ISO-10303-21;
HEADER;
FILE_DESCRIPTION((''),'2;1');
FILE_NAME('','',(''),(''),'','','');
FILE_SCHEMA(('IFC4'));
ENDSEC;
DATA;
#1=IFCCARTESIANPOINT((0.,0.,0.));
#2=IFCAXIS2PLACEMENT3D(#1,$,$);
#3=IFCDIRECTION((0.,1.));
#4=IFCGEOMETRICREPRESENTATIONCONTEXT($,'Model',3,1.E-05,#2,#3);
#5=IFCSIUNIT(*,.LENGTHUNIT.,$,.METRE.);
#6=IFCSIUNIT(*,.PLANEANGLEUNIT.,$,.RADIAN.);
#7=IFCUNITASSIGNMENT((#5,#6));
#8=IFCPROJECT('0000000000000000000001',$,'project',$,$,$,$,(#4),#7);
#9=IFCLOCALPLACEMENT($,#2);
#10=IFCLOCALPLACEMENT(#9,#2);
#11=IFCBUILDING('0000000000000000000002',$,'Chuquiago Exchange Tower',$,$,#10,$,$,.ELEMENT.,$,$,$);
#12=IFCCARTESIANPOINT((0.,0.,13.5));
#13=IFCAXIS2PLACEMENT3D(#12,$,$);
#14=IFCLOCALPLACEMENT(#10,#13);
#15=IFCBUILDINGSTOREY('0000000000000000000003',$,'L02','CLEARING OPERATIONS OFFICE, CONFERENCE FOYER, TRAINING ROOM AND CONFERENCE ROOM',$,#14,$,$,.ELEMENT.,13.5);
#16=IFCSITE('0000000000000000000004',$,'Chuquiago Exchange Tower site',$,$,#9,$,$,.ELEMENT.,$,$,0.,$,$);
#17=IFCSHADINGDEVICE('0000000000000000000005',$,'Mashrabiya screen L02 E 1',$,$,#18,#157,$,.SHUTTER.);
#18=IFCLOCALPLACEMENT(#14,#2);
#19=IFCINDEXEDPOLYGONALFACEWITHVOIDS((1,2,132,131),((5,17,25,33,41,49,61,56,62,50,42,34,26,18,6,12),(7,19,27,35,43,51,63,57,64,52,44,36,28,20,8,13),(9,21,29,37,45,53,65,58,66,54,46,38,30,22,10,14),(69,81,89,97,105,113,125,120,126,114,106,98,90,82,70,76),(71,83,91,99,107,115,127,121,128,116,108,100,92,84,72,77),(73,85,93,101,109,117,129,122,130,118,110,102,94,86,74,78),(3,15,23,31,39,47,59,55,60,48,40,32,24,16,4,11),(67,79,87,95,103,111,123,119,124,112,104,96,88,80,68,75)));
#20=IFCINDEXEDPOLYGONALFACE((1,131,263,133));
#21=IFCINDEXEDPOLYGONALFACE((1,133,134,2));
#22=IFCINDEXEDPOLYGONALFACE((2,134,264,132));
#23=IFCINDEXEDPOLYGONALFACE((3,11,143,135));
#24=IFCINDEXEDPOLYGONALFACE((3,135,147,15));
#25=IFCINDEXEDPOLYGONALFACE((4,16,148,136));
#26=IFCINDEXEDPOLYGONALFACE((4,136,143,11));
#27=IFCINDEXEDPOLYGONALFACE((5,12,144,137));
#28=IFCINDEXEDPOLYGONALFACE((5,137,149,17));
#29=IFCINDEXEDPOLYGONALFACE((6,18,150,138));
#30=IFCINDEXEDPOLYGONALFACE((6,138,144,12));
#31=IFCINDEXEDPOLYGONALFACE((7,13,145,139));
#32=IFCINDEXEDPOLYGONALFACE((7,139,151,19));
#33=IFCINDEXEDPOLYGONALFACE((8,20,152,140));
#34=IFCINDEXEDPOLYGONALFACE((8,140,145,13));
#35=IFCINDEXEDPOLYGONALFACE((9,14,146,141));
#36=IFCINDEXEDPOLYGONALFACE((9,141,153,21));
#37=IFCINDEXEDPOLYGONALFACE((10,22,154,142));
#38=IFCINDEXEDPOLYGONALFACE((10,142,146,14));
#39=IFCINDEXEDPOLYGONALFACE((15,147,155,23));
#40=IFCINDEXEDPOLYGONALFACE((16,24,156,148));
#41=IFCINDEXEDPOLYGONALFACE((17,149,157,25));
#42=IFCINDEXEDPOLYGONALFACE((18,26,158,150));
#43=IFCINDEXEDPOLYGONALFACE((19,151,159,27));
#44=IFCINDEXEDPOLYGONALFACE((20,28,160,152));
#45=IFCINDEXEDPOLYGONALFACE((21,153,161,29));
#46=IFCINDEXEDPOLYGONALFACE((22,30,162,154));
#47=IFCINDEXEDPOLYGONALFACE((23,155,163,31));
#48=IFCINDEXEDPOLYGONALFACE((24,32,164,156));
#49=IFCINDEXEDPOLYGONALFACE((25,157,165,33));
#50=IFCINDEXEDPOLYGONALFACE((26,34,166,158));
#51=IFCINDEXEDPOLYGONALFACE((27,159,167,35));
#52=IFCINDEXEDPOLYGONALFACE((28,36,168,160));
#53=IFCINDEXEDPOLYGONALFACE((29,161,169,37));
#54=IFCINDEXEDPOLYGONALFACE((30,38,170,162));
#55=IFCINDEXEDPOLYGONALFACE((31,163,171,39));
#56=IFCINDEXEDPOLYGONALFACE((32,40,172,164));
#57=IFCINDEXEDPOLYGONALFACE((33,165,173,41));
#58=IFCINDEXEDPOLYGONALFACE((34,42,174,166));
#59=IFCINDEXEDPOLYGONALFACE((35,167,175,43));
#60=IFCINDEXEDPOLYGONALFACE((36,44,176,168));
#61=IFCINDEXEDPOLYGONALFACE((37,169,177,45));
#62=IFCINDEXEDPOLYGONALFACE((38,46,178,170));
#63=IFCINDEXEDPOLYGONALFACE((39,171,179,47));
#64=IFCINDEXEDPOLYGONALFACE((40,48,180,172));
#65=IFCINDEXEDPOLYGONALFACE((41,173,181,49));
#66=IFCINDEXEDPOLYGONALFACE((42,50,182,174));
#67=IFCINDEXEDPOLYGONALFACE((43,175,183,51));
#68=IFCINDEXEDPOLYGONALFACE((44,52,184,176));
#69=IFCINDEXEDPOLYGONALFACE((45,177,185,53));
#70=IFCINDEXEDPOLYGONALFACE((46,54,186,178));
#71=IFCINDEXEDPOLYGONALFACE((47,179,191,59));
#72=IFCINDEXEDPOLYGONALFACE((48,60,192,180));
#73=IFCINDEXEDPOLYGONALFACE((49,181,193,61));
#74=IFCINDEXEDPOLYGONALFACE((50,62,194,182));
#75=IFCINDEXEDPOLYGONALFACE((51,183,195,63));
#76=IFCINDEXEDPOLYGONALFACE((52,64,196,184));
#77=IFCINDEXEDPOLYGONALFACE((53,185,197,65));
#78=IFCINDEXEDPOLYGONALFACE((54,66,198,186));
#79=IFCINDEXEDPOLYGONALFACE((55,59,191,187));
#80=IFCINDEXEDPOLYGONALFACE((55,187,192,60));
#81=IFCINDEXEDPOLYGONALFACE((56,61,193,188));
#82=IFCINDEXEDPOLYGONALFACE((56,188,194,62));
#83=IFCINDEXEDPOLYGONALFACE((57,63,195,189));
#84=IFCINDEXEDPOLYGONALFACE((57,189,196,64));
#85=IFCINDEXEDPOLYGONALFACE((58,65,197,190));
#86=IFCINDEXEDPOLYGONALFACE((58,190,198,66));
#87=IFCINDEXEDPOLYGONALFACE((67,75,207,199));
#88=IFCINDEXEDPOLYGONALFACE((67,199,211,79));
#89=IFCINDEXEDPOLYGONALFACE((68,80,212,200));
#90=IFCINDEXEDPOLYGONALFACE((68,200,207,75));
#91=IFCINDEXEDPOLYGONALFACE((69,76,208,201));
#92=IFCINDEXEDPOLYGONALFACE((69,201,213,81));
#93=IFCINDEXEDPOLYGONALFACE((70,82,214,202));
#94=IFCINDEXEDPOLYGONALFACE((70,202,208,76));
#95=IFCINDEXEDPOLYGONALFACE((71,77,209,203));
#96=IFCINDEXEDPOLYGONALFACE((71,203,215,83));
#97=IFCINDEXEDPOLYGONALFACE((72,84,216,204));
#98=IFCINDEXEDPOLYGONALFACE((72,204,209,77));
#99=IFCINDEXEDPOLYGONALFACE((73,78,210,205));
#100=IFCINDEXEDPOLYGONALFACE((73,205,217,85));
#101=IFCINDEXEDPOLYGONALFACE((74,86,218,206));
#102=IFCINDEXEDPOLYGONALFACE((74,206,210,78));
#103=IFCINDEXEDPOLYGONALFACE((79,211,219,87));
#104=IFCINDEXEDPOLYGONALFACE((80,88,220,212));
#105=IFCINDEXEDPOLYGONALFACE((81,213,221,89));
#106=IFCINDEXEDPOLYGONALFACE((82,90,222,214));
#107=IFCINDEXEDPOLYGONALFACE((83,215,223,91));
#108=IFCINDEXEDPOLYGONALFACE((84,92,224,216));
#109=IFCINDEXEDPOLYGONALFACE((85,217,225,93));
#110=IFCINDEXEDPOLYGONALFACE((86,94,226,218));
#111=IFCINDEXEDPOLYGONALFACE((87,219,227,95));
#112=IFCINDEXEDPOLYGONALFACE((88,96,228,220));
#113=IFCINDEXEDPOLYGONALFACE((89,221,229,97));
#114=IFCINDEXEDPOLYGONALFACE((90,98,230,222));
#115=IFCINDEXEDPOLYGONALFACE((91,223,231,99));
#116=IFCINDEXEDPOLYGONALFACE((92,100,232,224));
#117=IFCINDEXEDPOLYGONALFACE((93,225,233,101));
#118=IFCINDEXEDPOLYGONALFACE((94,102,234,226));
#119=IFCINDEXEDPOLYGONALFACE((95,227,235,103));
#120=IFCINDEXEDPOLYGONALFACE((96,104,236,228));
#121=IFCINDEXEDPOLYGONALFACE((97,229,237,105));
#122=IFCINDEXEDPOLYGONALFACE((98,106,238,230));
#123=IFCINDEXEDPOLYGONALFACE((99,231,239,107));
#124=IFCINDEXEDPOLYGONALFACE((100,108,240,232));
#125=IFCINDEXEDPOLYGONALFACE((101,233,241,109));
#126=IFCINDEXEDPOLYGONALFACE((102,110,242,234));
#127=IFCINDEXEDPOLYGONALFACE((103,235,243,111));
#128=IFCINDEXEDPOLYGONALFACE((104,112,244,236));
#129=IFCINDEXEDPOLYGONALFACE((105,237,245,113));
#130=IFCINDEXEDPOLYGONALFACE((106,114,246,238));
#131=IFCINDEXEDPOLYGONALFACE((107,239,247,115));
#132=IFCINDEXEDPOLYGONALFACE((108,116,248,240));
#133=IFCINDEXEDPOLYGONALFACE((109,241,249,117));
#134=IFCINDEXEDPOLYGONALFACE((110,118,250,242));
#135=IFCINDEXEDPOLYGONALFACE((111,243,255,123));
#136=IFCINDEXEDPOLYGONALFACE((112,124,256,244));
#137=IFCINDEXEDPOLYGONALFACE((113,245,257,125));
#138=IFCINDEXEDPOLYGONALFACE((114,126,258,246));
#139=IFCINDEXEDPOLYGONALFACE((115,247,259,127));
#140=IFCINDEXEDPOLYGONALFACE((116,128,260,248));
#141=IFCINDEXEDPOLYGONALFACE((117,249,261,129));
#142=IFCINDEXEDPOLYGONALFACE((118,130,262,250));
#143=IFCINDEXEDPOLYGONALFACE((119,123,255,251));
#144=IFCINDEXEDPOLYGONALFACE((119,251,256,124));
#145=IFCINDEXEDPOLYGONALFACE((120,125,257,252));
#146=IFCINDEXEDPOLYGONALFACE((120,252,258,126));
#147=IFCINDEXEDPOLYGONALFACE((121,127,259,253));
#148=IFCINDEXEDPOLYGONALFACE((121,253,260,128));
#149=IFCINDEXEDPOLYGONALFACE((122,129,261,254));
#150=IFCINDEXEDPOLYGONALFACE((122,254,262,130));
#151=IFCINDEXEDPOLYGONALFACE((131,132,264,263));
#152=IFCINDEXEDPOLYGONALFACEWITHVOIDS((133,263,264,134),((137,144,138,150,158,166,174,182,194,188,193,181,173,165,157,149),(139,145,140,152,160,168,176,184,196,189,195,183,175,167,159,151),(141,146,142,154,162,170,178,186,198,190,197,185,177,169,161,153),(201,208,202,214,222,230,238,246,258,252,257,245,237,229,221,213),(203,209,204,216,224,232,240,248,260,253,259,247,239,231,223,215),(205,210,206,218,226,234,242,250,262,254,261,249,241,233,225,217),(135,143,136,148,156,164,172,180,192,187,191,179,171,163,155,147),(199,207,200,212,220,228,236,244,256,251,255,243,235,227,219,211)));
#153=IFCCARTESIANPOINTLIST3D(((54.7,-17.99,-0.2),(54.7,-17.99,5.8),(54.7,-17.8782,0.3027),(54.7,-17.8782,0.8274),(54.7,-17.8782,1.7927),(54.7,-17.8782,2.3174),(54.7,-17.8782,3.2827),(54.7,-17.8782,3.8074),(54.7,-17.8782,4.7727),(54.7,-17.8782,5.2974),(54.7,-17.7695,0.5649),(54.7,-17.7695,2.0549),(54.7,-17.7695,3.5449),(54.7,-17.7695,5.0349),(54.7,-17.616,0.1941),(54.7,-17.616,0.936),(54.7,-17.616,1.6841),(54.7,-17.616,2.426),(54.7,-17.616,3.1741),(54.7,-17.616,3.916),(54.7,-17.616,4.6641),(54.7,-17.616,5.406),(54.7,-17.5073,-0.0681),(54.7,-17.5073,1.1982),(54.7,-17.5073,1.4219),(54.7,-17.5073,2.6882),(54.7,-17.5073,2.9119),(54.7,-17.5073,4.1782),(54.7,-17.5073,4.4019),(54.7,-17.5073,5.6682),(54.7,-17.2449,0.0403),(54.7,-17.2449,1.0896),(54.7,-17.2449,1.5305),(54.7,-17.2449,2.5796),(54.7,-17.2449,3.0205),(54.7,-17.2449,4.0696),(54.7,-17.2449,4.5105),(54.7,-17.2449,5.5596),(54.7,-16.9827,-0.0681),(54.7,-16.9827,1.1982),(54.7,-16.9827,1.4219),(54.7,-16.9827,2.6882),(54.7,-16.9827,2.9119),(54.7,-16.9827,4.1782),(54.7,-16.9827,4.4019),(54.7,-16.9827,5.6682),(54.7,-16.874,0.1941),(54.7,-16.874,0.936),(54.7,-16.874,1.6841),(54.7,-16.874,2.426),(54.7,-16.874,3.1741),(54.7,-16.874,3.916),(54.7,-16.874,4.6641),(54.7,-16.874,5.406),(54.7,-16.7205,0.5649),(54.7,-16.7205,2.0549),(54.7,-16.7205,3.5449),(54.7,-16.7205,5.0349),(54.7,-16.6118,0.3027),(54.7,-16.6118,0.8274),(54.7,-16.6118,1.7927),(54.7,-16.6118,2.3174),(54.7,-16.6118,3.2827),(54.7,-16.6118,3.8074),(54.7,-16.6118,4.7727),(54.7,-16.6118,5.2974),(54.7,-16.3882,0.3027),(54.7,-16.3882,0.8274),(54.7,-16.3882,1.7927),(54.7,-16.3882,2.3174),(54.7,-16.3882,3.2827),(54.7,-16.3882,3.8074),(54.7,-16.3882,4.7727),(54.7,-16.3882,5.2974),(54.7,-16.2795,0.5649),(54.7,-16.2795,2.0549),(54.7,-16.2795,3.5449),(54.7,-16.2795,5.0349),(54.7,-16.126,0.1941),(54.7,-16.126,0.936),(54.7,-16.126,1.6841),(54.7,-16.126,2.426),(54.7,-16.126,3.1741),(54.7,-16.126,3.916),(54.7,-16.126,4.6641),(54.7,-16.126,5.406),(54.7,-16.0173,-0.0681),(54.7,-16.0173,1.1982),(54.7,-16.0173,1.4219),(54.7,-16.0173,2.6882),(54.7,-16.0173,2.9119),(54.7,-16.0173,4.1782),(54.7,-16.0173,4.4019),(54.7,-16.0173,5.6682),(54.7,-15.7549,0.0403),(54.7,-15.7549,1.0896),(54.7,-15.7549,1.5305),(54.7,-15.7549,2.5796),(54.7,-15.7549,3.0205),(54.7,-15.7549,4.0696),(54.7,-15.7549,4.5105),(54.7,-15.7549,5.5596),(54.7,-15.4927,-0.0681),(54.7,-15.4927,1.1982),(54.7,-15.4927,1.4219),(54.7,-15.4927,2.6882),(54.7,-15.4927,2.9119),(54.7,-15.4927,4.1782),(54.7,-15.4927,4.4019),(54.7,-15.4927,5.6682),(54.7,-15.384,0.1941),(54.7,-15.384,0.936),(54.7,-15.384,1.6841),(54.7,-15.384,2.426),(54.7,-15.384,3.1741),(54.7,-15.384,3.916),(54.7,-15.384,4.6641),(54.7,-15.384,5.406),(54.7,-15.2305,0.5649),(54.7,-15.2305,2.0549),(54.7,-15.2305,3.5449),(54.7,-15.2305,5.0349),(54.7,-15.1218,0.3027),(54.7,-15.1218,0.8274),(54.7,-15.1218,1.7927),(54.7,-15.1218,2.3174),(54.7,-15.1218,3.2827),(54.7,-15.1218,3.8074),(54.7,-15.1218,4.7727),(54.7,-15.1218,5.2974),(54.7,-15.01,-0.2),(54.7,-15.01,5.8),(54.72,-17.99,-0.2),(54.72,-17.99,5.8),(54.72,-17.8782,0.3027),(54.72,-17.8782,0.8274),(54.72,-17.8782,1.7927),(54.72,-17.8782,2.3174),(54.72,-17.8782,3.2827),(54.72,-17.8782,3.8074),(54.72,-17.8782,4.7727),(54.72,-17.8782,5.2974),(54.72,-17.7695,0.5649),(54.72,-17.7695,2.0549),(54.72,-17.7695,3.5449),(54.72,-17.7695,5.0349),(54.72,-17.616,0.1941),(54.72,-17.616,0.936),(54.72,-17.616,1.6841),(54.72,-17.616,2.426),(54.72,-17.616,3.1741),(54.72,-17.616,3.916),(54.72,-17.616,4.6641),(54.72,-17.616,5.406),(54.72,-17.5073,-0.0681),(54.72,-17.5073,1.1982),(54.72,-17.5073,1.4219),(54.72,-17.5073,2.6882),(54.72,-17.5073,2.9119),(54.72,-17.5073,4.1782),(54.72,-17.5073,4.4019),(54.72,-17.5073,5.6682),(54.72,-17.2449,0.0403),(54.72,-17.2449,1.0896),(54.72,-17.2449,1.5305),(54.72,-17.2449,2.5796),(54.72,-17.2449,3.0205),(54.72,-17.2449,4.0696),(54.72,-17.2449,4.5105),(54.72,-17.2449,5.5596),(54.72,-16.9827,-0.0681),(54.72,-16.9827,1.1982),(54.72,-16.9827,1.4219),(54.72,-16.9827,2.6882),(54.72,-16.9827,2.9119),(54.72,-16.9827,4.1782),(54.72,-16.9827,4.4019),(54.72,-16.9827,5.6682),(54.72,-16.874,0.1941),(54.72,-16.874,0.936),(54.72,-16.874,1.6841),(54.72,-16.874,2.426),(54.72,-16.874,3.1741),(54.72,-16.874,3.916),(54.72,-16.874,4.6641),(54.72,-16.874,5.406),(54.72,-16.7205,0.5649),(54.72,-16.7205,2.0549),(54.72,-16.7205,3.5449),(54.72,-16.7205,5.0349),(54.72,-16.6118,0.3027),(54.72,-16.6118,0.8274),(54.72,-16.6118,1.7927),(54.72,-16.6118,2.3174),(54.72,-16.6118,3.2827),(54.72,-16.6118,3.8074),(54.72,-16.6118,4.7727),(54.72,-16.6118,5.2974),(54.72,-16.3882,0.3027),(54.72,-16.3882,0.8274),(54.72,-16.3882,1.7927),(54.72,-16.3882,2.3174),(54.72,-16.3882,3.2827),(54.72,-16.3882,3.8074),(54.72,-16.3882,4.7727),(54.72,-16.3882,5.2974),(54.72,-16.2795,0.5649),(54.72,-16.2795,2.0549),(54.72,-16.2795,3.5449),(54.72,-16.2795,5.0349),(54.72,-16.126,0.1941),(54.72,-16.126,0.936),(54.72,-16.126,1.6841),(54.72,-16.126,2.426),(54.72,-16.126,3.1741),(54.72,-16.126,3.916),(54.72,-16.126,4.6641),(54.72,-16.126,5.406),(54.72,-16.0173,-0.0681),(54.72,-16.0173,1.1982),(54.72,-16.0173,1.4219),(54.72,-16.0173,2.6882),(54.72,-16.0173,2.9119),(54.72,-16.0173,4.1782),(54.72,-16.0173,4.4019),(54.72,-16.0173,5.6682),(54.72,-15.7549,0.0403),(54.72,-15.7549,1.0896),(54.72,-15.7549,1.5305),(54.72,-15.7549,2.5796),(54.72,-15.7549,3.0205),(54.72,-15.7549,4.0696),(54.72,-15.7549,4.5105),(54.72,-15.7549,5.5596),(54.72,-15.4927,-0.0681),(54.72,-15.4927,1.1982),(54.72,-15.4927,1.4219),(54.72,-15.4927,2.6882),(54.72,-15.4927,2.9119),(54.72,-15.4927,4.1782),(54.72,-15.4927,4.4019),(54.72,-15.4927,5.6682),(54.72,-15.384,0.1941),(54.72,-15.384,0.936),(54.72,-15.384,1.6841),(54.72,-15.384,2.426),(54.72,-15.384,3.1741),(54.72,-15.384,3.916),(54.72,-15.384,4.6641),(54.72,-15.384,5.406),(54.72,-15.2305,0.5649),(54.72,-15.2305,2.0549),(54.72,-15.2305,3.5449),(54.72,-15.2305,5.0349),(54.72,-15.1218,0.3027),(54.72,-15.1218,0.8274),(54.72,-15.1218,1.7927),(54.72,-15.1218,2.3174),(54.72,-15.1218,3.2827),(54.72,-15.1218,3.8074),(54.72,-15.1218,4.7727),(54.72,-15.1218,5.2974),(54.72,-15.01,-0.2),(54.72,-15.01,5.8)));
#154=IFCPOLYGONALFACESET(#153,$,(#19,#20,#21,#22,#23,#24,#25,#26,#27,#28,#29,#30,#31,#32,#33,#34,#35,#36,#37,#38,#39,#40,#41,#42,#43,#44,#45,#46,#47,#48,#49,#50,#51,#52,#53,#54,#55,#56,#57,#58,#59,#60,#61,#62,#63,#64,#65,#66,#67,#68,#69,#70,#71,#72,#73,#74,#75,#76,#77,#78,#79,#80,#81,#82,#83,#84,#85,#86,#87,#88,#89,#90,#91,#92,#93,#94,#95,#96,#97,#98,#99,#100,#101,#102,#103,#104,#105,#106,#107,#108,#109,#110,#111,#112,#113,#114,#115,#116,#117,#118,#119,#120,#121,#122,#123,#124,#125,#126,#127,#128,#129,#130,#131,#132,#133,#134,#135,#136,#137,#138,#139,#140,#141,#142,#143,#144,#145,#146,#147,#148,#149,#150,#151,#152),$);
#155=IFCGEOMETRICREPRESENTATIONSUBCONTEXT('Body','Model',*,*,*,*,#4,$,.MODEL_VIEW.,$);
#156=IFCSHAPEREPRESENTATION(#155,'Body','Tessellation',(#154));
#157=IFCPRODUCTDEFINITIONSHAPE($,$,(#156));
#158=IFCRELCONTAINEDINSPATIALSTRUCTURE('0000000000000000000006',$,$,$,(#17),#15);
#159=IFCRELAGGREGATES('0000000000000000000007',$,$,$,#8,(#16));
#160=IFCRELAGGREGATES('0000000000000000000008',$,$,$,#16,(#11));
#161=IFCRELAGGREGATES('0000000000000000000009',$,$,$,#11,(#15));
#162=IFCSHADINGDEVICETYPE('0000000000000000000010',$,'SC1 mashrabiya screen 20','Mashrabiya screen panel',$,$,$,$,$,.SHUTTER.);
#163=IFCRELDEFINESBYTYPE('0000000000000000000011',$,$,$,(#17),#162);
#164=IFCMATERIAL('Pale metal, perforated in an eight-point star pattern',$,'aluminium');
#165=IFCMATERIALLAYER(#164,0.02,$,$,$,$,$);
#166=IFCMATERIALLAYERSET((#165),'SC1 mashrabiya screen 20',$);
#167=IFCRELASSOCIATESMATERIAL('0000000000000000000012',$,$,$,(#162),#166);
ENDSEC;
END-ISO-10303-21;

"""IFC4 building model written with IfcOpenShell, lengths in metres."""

from ifc_helpers import new_model, si_unit, direction, frame, origin, place, context, subcontext, project, spatial, polyline, outline, extrude, material, layer, layer_set, type_object, element, save


model = new_model("IFC4")

# Units and contexts
model_context = context("Model", 3, precision=1e-05, world=origin(), true_north=direction((0.0, 1.0)))
body_context = subcontext(model_context, "Body", "Model", "MODEL_VIEW")
ifc_project = project(units=[si_unit("LENGTHUNIT", "METRE"), si_unit("PLANEANGLEUNIT", "RADIAN")], contexts=[model_context])

# Site, building, storey
site_placement = place(None, origin())
site = spatial("IfcSite", under=ifc_project, at=site_placement, Name="Chuquiago Exchange Tower site", CompositionType="ELEMENT", RefElevation=0.0)
building_placement = place(site_placement, origin())
building = spatial("IfcBuilding", under=site, at=building_placement, Name="Chuquiago Exchange Tower", CompositionType="ELEMENT")
storey_placement = place(building_placement, frame((0.0, 0.0, 13.5)))
storey = spatial("IfcBuildingStorey", under=building, at=storey_placement, Name="L02", Description="CLEARING OPERATIONS OFFICE, CONFERENCE FOYER, TRAINING ROOM AND CONFERENCE ROOM", CompositionType="ELEMENT", Elevation=13.5)

# Shading device
ifc_material_1 = material(Name="Pale metal, perforated in an eight-point star pattern", Category="aluminium")
ifc_layer_1 = layer(ifc_material_1, 0.02)
ifc_layer_set_1 = layer_set([ifc_layer_1], Name="SC1 mashrabiya screen 20")
shading_device_type = type_object("IfcShadingDeviceType", Name="SC1 mashrabiya screen 20", Description="Mashrabiya screen panel", PredefinedType="SHUTTER", material=ifc_layer_set_1)
shading_device_1_placement = place(storey_placement, frame((54.7, -17.99, -0.2), z_axis=(0.0, 0.0, 1.0), x_axis=(0.0, 1.0, 0.0)))
element("IfcShadingDevice", 1, at=shading_device_1_placement, inside=storey, type_object=shading_device_type, Name="Mashrabiya screen L02 E 1", PredefinedType="SHUTTER", context=body_context, shape_type="SweptSolid", body=[
    extrude(outline(polyline([(0.0, 0.0), (2.98, 0.0), (2.98, 6.0), (0.0, 6.0), (0.0, 0.0)]), holes=[polyline([(1.2695, 0.7649), (1.3782, 1.0273), (1.116, 1.136), (1.0073, 1.3982), (0.7451, 1.2896), (0.4827, 1.3982), (0.374, 1.136), (0.1118, 1.0273), (0.2205, 0.7649), (0.1118, 0.5027), (0.374, 0.394), (0.4827, 0.1318), (0.7451, 0.2402), (1.0073, 0.1318), (1.116, 0.394), (1.3782, 0.5027), (1.2695, 0.7649)]), polyline([(2.7595, 0.7649), (2.8682, 1.0273), (2.606, 1.136), (2.4973, 1.3982), (2.2351, 1.2896), (1.9727, 1.3982), (1.864, 1.136), (1.6018, 1.0273), (1.7104, 0.7649), (1.6018, 0.5027), (1.864, 0.394), (1.9727, 0.1318), (2.2351, 0.2402), (2.4973, 0.1318), (2.606, 0.394), (2.8682, 0.5027), (2.7595, 0.7649)]), polyline([(1.2695, 2.2549), (1.3782, 2.5173), (1.116, 2.626), (1.0073, 2.8882), (0.7451, 2.7795), (0.4827, 2.8882), (0.374, 2.626), (0.1118, 2.5173), (0.2205, 2.2549), (0.1118, 1.9927), (0.374, 1.884), (0.4827, 1.6218), (0.7451, 1.7305), (1.0073, 1.6218), (1.116, 1.884), (1.3782, 1.9927), (1.2695, 2.2549)]), polyline([(2.7595, 2.2549), (2.8682, 2.5173), (2.606, 2.626), (2.4973, 2.8882), (2.2351, 2.7795), (1.9727, 2.8882), (1.864, 2.626), (1.6018, 2.5173), (1.7104, 2.2549), (1.6018, 1.9927), (1.864, 1.884), (1.9727, 1.6218), (2.2351, 1.7305), (2.4973, 1.6218), (2.606, 1.884), (2.8682, 1.9927), (2.7595, 2.2549)]), polyline([(1.2695, 3.7449), (1.3782, 4.0073), (1.116, 4.116), (1.0073, 4.3782), (0.7451, 4.2695), (0.4827, 4.3782), (0.374, 4.116), (0.1118, 4.0073), (0.2205, 3.7449), (0.1118, 3.4827), (0.374, 3.374), (0.4827, 3.1118), (0.7451, 3.2205), (1.0073, 3.1118), (1.116, 3.374), (1.3782, 3.4827), (1.2695, 3.7449)]), polyline([(2.7595, 3.7449), (2.8682, 4.0073), (2.606, 4.116), (2.4973, 4.3782), (2.2351, 4.2695), (1.9727, 4.3782), (1.864, 4.116), (1.6018, 4.0073), (1.7104, 3.7449), (1.6018, 3.4827), (1.864, 3.374), (1.9727, 3.1118), (2.2351, 3.2205), (2.4973, 3.1118), (2.606, 3.374), (2.8682, 3.4827), (2.7595, 3.7449)]), polyline([(1.2695, 5.2349), (1.3782, 5.4973), (1.116, 5.606), (1.0073, 5.8682), (0.7451, 5.7595), (0.4827, 5.8682), (0.374, 5.606), (0.1118, 5.4973), (0.2205, 5.2349), (0.1118, 4.9727), (0.374, 4.864), (0.4827, 4.6018), (0.7451, 4.7104), (1.0073, 4.6018), (1.116, 4.864), (1.3782, 4.9727), (1.2695, 5.2349)]), polyline([(2.7595, 5.2349), (2.8682, 5.4973), (2.606, 5.606), (2.4973, 5.8682), (2.2351, 5.7595), (1.9727, 5.8682), (1.864, 5.606), (1.6018, 5.4973), (1.7104, 5.2349), (1.6018, 4.9727), (1.864, 4.864), (1.9727, 4.6018), (2.2351, 4.7104), (2.4973, 4.6018), (2.606, 4.864), (2.8682, 4.9727), (2.7595, 5.2349)])]), frame((0.0, 0.0, 0.0), z_axis=(0.0, -1.0, 0.0), x_axis=(1.0, 0.0, 0.0)), (0.0, 0.0, 1.0), 0.02),
])

save(model, "model.ifc")
